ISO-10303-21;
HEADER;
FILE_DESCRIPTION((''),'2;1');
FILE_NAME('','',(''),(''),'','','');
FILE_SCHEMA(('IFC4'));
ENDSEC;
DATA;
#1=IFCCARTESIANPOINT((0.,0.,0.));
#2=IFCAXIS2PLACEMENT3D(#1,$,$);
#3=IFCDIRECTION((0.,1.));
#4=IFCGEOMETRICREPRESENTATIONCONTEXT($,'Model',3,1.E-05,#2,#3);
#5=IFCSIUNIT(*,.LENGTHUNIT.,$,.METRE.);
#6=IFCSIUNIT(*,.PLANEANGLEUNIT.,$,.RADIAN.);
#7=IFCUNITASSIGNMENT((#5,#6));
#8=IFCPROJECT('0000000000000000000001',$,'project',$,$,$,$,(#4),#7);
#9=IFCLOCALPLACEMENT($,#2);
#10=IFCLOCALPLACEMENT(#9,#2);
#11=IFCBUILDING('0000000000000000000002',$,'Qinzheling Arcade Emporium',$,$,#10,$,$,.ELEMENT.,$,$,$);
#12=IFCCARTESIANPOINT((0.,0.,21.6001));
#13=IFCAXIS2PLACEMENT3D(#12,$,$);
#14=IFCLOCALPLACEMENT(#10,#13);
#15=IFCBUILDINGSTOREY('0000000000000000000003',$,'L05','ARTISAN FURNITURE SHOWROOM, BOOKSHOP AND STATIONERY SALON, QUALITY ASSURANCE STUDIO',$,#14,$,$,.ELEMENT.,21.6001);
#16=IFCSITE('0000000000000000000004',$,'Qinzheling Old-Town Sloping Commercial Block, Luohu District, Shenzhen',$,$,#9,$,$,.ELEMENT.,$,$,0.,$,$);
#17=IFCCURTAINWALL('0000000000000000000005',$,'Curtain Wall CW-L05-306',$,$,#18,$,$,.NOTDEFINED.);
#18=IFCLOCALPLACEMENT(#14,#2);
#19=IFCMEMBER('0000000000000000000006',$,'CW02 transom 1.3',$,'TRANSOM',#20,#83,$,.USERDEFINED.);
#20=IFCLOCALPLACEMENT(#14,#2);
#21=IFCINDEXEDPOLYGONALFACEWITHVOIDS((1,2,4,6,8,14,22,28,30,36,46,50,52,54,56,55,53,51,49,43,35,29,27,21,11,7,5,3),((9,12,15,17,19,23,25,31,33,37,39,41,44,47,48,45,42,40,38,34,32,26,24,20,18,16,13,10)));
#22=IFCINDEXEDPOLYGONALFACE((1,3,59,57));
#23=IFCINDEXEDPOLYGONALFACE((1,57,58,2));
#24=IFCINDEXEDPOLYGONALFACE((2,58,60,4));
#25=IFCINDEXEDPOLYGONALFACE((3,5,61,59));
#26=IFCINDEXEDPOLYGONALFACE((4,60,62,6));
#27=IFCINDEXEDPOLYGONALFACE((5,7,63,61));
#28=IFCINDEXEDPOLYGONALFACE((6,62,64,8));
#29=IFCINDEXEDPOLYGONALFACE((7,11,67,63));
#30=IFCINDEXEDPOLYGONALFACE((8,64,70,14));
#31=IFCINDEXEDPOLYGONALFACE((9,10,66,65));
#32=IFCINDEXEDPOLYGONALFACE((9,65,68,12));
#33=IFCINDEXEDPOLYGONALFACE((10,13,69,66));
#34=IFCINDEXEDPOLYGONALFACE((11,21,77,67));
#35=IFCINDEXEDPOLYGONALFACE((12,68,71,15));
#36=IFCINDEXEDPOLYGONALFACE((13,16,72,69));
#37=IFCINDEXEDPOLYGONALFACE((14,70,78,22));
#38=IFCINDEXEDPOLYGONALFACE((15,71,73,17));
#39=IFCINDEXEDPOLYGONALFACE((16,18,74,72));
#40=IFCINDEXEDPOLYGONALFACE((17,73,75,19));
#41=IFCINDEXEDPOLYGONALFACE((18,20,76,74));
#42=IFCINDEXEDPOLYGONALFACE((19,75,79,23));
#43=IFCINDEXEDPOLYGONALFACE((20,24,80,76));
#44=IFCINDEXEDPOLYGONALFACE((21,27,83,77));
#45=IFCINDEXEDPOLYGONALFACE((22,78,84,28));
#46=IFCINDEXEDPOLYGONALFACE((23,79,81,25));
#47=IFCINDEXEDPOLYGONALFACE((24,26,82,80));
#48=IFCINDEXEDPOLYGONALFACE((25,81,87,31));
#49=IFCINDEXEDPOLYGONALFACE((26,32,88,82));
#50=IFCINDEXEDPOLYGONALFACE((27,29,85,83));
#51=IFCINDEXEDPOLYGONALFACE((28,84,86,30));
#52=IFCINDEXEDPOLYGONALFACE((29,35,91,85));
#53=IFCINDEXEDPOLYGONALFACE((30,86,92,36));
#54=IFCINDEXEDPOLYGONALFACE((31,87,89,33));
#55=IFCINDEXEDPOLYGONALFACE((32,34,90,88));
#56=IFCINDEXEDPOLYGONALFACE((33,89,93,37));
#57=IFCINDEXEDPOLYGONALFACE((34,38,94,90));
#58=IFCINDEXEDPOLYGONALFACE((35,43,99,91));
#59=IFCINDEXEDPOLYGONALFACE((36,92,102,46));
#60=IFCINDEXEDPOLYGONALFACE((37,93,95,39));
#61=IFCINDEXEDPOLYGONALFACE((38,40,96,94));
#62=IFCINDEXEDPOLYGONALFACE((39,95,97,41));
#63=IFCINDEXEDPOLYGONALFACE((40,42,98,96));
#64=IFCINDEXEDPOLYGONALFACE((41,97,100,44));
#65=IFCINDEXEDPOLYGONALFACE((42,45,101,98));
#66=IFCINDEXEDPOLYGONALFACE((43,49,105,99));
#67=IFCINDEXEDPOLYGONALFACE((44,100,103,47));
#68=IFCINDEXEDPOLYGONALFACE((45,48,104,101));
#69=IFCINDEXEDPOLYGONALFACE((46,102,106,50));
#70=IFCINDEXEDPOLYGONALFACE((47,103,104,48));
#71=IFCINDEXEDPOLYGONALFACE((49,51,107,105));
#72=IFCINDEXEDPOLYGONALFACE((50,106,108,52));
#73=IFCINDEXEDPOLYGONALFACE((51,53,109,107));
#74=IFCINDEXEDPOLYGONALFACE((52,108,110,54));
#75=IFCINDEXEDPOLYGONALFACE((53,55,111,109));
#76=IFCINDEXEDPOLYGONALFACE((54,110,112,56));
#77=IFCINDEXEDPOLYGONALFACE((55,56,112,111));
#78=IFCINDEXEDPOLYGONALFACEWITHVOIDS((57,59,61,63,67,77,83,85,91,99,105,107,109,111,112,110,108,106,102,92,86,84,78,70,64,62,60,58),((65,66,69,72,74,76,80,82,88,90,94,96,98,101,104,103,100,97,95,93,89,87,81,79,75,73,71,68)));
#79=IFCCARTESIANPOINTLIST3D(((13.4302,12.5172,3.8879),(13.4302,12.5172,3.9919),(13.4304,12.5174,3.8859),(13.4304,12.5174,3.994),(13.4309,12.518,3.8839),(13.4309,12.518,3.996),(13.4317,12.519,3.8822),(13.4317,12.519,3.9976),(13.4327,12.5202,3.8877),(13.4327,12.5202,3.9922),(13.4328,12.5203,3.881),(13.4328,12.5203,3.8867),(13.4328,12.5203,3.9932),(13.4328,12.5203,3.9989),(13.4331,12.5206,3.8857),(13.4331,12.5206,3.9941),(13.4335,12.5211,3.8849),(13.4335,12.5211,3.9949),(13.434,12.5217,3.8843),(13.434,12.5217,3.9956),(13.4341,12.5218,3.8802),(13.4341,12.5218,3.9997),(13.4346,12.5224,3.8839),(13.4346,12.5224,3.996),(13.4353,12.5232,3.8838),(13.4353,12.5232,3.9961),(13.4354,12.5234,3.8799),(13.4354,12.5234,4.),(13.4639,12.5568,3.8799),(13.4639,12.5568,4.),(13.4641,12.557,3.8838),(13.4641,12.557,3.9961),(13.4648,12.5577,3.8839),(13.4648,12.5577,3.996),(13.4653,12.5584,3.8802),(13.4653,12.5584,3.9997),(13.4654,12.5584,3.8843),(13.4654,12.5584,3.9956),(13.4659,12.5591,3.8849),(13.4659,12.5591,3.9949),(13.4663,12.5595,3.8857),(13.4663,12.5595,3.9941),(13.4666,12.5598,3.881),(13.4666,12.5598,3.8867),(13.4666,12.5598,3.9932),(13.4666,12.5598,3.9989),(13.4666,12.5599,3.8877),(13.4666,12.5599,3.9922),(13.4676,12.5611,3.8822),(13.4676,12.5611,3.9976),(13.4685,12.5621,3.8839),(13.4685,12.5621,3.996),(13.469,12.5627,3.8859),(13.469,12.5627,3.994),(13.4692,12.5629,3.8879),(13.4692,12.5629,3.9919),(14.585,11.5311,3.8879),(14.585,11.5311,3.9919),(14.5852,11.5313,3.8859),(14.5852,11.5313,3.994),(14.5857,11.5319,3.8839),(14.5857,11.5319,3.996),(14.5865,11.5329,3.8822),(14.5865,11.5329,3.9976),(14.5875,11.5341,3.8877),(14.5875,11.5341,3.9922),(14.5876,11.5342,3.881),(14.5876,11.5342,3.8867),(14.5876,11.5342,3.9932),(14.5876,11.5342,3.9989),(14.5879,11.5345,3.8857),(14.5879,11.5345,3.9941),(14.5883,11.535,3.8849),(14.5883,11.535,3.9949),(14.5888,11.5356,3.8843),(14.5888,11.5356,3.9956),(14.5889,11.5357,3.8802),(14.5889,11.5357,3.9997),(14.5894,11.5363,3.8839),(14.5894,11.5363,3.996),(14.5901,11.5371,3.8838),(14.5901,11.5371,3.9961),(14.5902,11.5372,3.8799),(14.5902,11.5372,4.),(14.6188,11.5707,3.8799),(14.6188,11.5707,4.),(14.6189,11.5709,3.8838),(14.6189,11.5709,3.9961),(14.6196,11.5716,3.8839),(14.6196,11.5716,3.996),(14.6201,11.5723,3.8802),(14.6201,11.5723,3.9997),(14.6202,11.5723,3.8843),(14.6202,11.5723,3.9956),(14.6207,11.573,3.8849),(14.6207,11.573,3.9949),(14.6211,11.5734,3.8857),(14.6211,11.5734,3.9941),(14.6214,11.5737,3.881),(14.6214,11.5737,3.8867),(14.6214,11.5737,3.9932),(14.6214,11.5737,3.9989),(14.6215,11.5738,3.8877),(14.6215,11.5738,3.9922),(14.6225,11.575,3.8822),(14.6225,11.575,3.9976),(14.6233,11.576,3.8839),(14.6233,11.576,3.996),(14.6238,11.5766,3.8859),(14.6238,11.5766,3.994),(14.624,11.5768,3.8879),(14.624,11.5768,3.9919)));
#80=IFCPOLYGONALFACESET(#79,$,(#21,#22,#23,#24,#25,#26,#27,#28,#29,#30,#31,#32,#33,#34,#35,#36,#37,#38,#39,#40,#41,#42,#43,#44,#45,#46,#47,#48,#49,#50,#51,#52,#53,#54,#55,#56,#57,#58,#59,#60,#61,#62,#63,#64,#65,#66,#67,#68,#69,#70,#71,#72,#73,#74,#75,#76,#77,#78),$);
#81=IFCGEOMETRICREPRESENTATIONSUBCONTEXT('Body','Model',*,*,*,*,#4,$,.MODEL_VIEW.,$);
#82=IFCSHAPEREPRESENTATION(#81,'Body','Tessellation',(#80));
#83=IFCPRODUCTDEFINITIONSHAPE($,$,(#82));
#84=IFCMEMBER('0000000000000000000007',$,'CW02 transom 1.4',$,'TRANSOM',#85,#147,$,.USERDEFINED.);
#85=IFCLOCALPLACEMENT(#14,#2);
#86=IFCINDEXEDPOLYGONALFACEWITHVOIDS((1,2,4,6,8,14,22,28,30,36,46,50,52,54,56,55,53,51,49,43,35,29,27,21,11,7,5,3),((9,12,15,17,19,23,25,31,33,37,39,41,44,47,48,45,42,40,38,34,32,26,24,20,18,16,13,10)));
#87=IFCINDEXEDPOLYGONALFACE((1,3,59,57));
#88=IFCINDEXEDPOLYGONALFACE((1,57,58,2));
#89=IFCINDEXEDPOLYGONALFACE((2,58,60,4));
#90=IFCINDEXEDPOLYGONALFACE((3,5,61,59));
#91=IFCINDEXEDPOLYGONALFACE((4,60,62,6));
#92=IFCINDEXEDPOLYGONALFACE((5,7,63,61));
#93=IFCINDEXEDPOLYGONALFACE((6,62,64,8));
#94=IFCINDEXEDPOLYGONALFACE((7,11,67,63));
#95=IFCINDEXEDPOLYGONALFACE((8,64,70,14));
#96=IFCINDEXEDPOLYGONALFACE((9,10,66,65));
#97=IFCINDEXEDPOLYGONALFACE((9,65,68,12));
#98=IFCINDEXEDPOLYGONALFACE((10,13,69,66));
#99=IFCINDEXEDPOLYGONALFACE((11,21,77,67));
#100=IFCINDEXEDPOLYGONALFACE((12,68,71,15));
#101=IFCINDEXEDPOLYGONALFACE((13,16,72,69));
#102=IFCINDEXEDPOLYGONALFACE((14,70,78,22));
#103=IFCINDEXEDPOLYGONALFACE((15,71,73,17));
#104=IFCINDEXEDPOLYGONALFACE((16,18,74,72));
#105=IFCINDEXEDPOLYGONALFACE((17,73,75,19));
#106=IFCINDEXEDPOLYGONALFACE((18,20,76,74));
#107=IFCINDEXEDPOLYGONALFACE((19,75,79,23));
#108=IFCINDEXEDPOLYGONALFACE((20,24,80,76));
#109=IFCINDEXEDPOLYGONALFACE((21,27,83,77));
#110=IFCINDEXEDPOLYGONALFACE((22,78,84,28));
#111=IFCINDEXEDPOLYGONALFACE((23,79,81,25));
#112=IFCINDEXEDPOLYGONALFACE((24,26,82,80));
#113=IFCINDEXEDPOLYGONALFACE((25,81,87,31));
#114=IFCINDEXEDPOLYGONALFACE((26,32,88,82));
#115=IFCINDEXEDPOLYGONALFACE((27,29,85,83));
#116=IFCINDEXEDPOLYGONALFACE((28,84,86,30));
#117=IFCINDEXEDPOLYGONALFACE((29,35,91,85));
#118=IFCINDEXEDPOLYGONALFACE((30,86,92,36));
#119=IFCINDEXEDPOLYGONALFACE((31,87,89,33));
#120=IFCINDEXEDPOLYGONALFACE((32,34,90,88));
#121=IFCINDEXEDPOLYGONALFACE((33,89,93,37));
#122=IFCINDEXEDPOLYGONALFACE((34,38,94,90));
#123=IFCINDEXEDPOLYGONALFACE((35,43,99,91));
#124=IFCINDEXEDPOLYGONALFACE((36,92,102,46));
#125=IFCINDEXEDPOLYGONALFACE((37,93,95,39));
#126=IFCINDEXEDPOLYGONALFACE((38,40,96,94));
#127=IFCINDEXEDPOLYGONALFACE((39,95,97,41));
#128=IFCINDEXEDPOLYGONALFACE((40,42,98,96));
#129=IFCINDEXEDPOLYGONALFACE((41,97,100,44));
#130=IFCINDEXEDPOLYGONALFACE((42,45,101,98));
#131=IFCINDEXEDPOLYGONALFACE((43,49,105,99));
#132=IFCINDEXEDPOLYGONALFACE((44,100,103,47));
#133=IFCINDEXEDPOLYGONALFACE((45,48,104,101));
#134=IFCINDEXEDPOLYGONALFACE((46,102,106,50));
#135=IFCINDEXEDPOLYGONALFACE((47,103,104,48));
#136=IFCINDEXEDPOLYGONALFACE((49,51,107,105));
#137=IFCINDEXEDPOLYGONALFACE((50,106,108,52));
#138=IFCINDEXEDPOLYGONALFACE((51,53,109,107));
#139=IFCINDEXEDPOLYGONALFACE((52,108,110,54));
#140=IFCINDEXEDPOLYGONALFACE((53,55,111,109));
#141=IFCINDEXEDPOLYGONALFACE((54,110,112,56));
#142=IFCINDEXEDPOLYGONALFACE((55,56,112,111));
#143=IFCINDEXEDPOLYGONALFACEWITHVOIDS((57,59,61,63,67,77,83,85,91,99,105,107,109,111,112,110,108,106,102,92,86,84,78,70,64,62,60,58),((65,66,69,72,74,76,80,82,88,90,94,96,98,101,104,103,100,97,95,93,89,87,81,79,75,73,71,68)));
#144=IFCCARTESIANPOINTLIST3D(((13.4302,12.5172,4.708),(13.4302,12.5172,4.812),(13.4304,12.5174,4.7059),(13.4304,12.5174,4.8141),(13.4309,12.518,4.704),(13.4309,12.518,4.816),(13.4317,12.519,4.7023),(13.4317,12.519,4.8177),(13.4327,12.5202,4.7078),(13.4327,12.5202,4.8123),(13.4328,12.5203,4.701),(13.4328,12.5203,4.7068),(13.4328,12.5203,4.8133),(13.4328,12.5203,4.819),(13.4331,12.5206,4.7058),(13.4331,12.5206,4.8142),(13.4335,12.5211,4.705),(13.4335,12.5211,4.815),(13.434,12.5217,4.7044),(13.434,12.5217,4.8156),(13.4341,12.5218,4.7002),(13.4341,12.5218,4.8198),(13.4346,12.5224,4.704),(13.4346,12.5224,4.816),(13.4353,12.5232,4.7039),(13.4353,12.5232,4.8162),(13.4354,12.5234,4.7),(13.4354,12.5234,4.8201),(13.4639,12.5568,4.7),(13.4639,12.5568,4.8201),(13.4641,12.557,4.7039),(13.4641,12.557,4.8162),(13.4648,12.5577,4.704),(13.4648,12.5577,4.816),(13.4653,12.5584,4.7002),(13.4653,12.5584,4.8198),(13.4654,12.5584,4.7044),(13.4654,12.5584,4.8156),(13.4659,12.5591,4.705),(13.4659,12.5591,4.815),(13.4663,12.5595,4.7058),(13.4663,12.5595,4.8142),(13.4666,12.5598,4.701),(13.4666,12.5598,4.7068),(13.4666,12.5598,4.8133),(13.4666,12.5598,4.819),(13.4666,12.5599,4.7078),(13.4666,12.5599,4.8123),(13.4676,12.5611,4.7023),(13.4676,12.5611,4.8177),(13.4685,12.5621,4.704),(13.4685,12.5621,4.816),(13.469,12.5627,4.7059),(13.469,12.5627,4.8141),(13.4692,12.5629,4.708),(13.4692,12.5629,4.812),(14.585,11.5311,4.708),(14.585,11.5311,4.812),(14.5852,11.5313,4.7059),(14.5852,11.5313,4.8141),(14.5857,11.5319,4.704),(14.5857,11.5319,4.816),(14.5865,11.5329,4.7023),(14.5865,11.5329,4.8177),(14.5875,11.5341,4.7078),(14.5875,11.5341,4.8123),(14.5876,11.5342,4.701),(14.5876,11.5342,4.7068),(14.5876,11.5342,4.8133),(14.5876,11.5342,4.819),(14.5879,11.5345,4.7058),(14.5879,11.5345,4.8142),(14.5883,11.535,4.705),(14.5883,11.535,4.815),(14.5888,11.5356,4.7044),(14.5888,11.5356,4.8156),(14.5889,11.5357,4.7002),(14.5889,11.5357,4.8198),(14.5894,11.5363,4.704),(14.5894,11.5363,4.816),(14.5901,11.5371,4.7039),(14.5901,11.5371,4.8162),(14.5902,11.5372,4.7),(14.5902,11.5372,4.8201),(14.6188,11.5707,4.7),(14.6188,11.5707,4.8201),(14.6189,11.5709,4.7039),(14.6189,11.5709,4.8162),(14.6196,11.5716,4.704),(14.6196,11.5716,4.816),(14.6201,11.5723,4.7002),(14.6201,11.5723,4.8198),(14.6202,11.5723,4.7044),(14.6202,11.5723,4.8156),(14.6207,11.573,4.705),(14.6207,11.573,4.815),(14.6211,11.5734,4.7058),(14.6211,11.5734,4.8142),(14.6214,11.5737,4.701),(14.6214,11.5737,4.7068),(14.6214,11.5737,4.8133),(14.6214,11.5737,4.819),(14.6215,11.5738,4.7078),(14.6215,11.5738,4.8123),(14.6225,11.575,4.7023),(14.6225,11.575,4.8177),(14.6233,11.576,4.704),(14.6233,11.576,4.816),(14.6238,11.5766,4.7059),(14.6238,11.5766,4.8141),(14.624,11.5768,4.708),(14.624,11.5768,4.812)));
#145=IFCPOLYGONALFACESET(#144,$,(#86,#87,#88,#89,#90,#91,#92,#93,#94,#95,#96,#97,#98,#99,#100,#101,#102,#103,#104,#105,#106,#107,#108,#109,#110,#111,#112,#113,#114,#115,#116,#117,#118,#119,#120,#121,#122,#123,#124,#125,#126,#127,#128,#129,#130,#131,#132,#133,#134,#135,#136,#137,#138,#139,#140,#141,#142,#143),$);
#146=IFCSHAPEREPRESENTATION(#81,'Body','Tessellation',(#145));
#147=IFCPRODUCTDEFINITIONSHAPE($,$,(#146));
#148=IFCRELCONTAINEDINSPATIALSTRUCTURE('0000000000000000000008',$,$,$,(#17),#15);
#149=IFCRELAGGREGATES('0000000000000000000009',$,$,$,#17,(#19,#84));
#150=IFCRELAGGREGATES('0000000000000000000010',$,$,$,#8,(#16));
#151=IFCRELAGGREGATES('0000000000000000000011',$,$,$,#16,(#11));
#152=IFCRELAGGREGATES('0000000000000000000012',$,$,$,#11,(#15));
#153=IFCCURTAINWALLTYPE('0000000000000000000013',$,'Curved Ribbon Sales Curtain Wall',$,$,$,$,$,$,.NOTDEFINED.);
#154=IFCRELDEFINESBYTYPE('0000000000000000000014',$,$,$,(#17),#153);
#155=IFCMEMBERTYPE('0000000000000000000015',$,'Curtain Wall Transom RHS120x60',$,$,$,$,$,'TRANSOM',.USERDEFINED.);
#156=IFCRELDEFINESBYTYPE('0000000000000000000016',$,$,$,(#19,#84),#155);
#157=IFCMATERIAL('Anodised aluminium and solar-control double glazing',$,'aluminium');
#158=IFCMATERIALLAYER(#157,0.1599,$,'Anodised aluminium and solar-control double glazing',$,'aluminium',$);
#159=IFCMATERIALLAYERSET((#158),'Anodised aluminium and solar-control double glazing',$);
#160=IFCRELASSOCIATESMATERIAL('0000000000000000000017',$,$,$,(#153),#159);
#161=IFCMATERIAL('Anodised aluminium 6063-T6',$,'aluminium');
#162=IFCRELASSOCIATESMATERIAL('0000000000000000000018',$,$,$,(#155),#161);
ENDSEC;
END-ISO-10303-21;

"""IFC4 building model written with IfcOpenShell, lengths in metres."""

from ifc_helpers import new_model, si_unit, direction, frame, origin, origin_2d, place, context, subcontext, project, spatial, hollow_rectangle, extrude, material, layer, layer_set, material_profile, profile_set, type_object, element, aggregate, save


model = new_model("IFC4")

# Units and contexts
model_context = context("Model", 3, precision=1e-05, world=origin(), true_north=direction((0.0, 1.0)))
body_context = subcontext(model_context, "Body", "Model", "MODEL_VIEW")
ifc_project = project(units=[si_unit("LENGTHUNIT", "METRE"), si_unit("PLANEANGLEUNIT", "RADIAN")], contexts=[model_context])

# Site, building, storey
site_placement = place(None, origin())
site = spatial("IfcSite", under=ifc_project, at=site_placement, Name="Qinzheling Old-Town Sloping Commercial Block, Luohu District, Shenzhen", CompositionType="ELEMENT", RefElevation=0.0)
building_placement = place(site_placement, origin())
building = spatial("IfcBuilding", under=site, at=building_placement, Name="Qinzheling Arcade Emporium", CompositionType="ELEMENT")
storey_placement = place(building_placement, frame((0.0, 0.0, 21.6001)))
storey = spatial("IfcBuildingStorey", under=building, at=storey_placement, Name="L05", Description="ARTISAN FURNITURE SHOWROOM, BOOKSHOP AND STATIONERY SALON, QUALITY ASSURANCE STUDIO", CompositionType="ELEMENT", Elevation=21.6001)

# Shared definitions
ifc_material_1 = material(Name="Anodised aluminium and solar-control double glazing", Category="aluminium")
ifc_layer_1 = layer(ifc_material_1, 0.1599, Name="Anodised aluminium and solar-control double glazing", Category="aluminium")
ifc_layer_set_1 = layer_set([ifc_layer_1], Name="Anodised aluminium and solar-control double glazing")
curtain_wall_type = type_object("IfcCurtainWallType", Name="Curved Ribbon Sales Curtain Wall", PredefinedType="NOTDEFINED", material=ifc_layer_set_1)
ifc_material_2 = material(Name="Anodised aluminium 6063-T6", Category="aluminium")

# Curtain wall
curtain_wall_1_placement = place(storey_placement, origin())
curtain_wall_1 = element("IfcCurtainWall", 1, at=curtain_wall_1_placement, inside=storey, type_object=curtain_wall_type, Name="Curtain Wall CW-L05-306", PredefinedType="NOTDEFINED")

# Members
ifc_material_profile_1 = material_profile(ifc_material_2, hollow_rectangle(XDim=0.0601, YDim=0.1201, WallThickness=0.0039, InnerFilletRadius=0.0039, OuterFilletRadius=0.0081, at=origin_2d()), Name="RHS 120x60x4", Category="aluminium")
ifc_profile_set_1 = profile_set([ifc_material_profile_1], Name="Anodised aluminium 6063-T6")
member_type_1 = type_object("IfcMemberType", Name="Curtain Wall Transom RHS120x60", ElementType="TRANSOM", PredefinedType="USERDEFINED", material=ifc_profile_set_1)
member_1_placement = place(storey_placement, frame((14.6045, 11.554, 3.9399), z_axis=(-0.76047, 0.649374, 0.0), x_axis=(-0.649374, -0.76047, 0.0)))
member_1 = element("IfcMember", 2, at=member_1_placement, type_object=member_type_1, Name="CW02 transom 1.3", ObjectType="TRANSOM", PredefinedType="USERDEFINED", context=body_context, shape_type="SweptSolid", body=[
    extrude(hollow_rectangle(XDim=0.0601, YDim=0.1201, WallThickness=0.0039, InnerFilletRadius=0.0039, OuterFilletRadius=0.0081, at=origin_2d()), origin(), (0.0, 0.0, 1.0), 1.5186),
])
member_2_placement = place(storey_placement, frame((14.6045, 11.554, 4.76), z_axis=(-0.76047, 0.649374, 0.0), x_axis=(-0.649374, -0.76047, 0.0)))
member_2 = element("IfcMember", 3, at=member_2_placement, type_object=member_type_1, Name="CW02 transom 1.4", ObjectType="TRANSOM", PredefinedType="USERDEFINED", context=body_context, shape_type="SweptSolid", body=[
    extrude(hollow_rectangle(XDim=0.0601, YDim=0.1201, WallThickness=0.0039, InnerFilletRadius=0.0039, OuterFilletRadius=0.0081, at=origin_2d()), origin(), (0.0, 0.0, 1.0), 1.5186),
])

aggregate(curtain_wall_1, [member_1, member_2])

save(model, "model.ifc")
